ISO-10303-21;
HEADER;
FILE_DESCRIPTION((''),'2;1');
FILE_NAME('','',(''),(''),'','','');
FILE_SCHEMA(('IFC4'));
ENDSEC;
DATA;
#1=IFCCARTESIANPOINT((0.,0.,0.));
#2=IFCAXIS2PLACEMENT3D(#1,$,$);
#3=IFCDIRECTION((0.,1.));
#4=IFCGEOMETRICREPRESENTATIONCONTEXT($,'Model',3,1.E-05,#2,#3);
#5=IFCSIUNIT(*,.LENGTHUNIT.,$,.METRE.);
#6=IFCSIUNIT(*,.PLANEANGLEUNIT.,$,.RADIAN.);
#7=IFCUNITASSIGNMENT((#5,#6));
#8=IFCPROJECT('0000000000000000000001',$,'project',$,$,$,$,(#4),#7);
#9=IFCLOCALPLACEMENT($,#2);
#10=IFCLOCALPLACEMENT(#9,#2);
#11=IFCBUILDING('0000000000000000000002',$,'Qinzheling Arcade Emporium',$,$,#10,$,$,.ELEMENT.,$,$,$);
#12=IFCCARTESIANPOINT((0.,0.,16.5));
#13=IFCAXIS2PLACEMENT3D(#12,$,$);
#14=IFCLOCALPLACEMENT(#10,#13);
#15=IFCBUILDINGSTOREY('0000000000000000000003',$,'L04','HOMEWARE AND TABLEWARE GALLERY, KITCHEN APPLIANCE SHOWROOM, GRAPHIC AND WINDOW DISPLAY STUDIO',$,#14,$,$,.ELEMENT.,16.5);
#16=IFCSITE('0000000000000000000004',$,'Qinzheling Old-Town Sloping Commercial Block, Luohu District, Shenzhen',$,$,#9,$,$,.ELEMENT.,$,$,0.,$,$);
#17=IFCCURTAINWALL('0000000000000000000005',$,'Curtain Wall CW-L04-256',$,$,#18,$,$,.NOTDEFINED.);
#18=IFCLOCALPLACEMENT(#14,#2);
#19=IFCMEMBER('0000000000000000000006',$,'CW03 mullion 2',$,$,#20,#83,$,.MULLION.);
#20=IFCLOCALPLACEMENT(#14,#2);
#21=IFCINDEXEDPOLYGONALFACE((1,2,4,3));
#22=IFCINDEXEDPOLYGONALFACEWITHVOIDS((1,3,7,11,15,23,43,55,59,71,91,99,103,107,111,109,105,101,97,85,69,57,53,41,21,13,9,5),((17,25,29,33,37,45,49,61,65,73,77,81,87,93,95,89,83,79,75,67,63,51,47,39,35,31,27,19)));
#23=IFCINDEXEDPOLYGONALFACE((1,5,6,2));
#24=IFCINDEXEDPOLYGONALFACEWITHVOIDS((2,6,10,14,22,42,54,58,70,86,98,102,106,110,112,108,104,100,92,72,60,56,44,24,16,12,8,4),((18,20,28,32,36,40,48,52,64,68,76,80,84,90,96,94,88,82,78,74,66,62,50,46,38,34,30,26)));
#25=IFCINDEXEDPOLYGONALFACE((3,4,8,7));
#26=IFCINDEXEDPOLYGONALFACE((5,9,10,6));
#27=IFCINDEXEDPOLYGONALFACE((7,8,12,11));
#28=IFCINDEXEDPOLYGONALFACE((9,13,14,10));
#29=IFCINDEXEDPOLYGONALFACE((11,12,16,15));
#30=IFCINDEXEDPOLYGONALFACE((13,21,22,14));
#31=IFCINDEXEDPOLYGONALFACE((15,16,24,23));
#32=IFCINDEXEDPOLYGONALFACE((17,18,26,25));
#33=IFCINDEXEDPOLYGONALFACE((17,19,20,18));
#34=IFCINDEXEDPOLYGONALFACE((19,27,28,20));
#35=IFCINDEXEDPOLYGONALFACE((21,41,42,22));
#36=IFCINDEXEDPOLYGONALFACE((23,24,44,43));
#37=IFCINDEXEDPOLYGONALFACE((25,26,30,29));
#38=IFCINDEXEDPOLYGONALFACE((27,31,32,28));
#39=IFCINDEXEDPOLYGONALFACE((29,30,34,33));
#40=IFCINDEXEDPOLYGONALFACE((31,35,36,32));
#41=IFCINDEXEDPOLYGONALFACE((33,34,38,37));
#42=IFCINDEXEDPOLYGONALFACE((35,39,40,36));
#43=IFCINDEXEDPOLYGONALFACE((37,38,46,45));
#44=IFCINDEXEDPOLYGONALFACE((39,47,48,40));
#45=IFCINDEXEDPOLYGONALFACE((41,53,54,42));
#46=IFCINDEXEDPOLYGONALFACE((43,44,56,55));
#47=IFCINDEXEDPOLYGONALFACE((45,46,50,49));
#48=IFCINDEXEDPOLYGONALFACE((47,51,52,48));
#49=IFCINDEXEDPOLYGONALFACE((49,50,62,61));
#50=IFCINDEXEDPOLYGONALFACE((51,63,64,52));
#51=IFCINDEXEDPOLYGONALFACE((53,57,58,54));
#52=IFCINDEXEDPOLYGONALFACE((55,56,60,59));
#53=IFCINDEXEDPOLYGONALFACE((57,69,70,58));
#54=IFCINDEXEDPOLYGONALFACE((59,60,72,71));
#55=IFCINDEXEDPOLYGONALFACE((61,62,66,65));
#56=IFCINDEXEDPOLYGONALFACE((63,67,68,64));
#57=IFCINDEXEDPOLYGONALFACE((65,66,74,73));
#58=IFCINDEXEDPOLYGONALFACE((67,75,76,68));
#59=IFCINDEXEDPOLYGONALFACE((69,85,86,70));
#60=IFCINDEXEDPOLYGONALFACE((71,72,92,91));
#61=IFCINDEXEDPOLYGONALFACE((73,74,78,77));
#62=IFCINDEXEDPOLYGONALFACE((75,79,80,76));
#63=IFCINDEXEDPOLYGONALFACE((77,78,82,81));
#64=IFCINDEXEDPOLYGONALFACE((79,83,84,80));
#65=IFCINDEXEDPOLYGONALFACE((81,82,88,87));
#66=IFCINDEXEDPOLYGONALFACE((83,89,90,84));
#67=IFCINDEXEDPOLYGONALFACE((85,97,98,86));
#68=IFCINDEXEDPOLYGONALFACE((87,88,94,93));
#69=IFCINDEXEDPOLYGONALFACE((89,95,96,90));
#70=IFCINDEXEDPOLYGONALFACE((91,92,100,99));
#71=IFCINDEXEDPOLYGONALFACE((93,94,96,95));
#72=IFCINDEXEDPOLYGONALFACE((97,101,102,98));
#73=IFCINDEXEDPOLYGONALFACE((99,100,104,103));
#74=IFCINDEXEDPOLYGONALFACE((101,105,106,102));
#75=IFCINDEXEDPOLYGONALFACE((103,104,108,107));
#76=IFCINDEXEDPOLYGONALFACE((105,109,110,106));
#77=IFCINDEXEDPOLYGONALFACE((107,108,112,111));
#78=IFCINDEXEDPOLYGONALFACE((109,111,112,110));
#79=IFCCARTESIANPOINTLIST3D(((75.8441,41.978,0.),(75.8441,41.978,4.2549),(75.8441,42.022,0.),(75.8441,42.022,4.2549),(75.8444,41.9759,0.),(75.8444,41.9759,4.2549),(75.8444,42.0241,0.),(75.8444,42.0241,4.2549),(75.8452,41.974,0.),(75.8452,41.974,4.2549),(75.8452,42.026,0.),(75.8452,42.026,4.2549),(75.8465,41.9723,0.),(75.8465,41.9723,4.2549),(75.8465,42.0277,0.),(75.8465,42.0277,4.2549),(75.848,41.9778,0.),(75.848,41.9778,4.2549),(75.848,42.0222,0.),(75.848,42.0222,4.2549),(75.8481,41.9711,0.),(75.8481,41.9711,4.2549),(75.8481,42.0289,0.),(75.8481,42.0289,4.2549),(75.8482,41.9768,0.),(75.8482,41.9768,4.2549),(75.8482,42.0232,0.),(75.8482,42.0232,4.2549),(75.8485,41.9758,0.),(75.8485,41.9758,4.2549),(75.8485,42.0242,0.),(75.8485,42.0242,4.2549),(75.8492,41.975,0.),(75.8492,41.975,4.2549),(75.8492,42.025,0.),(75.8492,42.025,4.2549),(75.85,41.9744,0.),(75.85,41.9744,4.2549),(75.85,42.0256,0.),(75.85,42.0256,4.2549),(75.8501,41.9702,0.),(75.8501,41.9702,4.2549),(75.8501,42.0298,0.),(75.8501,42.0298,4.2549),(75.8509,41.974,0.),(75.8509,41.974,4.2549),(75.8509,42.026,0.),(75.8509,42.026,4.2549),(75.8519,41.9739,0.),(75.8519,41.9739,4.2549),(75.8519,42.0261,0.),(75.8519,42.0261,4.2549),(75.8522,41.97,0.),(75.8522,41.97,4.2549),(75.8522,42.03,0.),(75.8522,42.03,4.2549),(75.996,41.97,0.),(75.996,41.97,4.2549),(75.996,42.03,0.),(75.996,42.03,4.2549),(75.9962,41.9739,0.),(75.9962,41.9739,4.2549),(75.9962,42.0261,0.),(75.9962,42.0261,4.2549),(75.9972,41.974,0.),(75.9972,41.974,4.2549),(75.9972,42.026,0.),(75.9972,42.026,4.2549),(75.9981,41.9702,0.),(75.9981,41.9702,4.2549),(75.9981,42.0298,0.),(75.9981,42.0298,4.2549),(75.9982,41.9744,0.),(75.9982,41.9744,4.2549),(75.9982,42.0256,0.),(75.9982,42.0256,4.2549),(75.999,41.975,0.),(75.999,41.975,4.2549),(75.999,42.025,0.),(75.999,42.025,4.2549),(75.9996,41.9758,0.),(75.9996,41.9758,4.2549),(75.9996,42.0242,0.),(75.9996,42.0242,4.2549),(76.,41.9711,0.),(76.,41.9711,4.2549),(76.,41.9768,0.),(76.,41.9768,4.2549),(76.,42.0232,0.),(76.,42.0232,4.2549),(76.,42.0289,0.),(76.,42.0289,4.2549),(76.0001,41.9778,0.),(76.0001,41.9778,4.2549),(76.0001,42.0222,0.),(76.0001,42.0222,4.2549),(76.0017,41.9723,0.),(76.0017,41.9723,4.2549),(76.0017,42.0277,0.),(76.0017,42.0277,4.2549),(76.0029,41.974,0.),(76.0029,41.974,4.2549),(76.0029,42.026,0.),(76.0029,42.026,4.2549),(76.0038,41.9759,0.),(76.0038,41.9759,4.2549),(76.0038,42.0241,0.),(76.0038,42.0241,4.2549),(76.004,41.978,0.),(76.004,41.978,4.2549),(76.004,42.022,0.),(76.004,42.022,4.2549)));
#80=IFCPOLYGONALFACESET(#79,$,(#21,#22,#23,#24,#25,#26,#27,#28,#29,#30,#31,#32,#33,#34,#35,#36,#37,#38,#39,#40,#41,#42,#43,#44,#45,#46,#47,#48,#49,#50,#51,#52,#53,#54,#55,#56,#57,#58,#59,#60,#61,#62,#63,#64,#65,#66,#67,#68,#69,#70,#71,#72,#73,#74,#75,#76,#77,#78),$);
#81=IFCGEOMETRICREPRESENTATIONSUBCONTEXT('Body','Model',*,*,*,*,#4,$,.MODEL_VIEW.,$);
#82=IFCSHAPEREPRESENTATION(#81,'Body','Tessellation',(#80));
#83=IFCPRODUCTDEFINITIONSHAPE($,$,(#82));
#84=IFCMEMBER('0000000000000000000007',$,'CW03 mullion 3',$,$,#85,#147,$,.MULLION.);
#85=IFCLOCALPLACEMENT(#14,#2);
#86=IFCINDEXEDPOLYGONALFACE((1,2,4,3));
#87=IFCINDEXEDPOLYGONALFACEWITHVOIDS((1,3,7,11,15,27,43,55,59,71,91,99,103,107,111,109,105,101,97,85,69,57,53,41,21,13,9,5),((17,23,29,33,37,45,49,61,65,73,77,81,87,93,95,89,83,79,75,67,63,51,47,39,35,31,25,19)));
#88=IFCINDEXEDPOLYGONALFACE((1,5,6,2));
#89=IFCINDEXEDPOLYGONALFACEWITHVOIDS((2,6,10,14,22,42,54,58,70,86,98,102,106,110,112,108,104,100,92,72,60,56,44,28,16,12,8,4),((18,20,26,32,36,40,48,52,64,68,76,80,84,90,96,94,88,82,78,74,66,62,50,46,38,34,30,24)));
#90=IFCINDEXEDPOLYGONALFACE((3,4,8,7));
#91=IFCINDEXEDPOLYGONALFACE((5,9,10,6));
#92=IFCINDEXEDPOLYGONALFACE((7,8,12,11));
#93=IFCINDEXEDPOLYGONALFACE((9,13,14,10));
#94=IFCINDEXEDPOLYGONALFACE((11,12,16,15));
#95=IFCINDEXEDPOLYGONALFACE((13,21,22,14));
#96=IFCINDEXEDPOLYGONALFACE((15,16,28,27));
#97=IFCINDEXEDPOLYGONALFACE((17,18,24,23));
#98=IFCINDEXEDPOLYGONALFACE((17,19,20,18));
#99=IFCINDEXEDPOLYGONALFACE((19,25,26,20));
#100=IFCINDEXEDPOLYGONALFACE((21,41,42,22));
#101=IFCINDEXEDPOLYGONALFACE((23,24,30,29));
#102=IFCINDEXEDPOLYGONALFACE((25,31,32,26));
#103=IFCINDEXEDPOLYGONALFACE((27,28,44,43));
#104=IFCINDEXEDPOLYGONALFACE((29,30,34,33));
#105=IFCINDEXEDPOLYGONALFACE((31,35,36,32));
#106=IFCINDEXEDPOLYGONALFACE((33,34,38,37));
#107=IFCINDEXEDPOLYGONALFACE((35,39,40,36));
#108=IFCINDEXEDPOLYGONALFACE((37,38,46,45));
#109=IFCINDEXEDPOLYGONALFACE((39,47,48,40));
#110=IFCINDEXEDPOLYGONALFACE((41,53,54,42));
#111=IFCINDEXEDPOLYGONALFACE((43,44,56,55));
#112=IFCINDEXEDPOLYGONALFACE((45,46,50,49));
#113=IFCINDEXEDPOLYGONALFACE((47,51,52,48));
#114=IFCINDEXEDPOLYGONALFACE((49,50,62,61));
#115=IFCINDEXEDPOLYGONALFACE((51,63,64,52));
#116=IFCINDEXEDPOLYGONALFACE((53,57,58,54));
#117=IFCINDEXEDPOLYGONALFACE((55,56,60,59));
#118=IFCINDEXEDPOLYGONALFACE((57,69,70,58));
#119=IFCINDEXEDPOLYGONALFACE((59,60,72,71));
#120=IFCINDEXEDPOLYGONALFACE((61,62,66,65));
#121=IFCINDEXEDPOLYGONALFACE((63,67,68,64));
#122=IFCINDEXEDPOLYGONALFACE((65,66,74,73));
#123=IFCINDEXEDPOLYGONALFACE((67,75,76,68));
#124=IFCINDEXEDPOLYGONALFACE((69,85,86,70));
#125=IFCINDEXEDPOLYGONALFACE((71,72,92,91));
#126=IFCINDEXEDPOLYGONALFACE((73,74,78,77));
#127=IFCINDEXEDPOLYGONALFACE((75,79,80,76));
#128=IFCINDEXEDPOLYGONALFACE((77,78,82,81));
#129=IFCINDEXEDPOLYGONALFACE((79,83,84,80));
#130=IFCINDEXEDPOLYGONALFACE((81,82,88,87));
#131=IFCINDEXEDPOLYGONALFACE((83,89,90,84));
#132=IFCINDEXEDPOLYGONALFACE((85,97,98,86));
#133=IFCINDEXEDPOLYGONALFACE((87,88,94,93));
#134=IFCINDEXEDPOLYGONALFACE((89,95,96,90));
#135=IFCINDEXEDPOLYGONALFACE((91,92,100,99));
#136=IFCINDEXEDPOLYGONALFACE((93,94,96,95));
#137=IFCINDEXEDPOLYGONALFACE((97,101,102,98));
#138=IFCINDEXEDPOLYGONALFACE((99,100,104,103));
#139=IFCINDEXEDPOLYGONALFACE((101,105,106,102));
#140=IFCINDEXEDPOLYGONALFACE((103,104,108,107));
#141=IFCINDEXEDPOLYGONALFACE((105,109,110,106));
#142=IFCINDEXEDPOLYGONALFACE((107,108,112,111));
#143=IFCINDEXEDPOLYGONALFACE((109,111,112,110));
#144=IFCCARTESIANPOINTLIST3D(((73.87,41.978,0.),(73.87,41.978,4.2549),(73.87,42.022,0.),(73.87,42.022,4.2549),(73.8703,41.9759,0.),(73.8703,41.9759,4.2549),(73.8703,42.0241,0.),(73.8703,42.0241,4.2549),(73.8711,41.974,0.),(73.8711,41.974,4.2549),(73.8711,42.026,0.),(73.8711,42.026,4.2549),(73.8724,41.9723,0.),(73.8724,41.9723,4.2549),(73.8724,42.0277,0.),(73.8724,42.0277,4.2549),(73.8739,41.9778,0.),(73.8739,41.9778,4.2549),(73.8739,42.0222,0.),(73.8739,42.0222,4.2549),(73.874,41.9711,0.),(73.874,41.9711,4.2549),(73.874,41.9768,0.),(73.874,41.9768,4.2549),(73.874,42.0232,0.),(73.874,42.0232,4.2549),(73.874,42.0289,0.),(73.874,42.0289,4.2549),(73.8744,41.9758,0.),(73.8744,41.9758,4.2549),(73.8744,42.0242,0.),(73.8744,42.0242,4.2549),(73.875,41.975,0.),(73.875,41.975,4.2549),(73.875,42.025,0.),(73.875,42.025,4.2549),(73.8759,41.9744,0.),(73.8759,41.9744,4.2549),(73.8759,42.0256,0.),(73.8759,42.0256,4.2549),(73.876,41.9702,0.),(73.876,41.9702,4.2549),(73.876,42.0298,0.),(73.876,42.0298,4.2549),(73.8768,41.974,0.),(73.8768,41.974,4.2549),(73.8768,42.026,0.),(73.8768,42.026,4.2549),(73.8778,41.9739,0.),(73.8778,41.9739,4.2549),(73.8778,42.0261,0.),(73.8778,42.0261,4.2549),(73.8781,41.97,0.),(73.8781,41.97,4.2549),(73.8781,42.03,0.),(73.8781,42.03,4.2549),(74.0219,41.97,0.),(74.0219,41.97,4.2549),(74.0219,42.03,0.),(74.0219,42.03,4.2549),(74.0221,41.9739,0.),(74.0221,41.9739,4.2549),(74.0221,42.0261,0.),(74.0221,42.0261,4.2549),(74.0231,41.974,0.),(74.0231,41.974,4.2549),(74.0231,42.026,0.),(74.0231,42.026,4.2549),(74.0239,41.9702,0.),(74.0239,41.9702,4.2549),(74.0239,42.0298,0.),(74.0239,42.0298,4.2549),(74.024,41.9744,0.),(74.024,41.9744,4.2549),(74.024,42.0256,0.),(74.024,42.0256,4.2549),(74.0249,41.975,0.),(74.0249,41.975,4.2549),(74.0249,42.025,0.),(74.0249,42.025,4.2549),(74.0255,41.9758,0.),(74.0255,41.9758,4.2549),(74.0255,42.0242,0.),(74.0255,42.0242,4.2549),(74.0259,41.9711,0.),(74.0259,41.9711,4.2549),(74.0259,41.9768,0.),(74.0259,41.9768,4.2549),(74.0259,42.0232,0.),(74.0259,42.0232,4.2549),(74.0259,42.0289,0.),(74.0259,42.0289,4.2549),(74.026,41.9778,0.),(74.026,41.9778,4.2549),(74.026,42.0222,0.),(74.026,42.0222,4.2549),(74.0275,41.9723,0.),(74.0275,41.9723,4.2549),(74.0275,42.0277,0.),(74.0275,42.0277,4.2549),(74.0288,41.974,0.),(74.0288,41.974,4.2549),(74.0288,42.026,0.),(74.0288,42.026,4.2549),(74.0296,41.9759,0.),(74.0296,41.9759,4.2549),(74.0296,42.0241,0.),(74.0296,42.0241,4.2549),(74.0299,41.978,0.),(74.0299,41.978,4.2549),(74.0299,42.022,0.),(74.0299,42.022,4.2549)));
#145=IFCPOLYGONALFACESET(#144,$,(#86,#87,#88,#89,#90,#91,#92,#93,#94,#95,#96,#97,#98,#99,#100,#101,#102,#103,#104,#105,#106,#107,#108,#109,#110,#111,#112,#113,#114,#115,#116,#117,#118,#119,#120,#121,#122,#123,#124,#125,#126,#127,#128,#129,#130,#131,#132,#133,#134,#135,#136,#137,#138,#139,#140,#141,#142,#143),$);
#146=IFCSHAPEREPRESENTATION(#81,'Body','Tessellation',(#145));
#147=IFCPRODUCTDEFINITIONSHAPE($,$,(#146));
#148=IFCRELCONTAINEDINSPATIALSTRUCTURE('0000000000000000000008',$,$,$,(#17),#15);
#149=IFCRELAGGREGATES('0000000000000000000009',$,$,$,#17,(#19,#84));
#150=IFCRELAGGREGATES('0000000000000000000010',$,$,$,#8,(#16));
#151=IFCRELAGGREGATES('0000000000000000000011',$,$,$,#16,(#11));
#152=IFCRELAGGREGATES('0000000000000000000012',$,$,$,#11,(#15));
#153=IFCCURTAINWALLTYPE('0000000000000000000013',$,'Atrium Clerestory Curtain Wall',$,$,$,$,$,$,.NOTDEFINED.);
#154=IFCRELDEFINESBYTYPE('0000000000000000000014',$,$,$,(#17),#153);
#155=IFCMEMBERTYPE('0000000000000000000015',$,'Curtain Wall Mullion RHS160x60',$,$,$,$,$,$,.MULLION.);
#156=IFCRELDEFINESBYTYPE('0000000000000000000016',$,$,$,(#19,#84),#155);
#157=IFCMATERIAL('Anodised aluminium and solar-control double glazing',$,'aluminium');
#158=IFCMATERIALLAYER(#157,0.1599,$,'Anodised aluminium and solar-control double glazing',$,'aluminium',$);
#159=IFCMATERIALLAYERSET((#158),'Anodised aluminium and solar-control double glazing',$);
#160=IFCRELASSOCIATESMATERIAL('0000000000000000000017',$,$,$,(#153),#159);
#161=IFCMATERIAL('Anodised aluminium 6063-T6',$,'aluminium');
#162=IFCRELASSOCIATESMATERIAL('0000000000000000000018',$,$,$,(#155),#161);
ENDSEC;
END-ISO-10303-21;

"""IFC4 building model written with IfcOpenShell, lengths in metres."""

from ifc_helpers import new_model, si_unit, direction, frame, origin, origin_2d, place, context, subcontext, project, spatial, hollow_rectangle, extrude, material, layer, layer_set, material_profile, profile_set, type_object, element, aggregate, save


model = new_model("IFC4")

# Units and contexts
model_context = context("Model", 3, precision=1e-05, world=origin(), true_north=direction((0.0, 1.0)))
body_context = subcontext(model_context, "Body", "Model", "MODEL_VIEW")
ifc_project = project(units=[si_unit("LENGTHUNIT", "METRE"), si_unit("PLANEANGLEUNIT", "RADIAN")], contexts=[model_context])

# Site, building, storey
site_placement = place(None, origin())
site = spatial("IfcSite", under=ifc_project, at=site_placement, Name="Qinzheling Old-Town Sloping Commercial Block, Luohu District, Shenzhen", CompositionType="ELEMENT", RefElevation=0.0)
building_placement = place(site_placement, origin())
building = spatial("IfcBuilding", under=site, at=building_placement, Name="Qinzheling Arcade Emporium", CompositionType="ELEMENT")
storey_placement = place(building_placement, frame((0.0, 0.0, 16.5)))
storey = spatial("IfcBuildingStorey", under=building, at=storey_placement, Name="L04", Description="HOMEWARE AND TABLEWARE GALLERY, KITCHEN APPLIANCE SHOWROOM, GRAPHIC AND WINDOW DISPLAY STUDIO", CompositionType="ELEMENT", Elevation=16.5)

# Curtain wall, members
ifc_material_1 = material(Name="Anodised aluminium and solar-control double glazing", Category="aluminium")
ifc_layer_1 = layer(ifc_material_1, 0.1599, Name="Anodised aluminium and solar-control double glazing", Category="aluminium")
ifc_layer_set_1 = layer_set([ifc_layer_1], Name="Anodised aluminium and solar-control double glazing")
curtain_wall_type = type_object("IfcCurtainWallType", Name="Atrium Clerestory Curtain Wall", PredefinedType="NOTDEFINED", material=ifc_layer_set_1)
ifc_material_2 = material(Name="Anodised aluminium 6063-T6", Category="aluminium")
ifc_material_profile_1 = material_profile(ifc_material_2, hollow_rectangle(XDim=0.0601, YDim=0.1599, WallThickness=0.0039, InnerFilletRadius=0.0039, OuterFilletRadius=0.0081, at=origin_2d()), Name="RHS 160x60x4", Category="aluminium")
ifc_profile_set_1 = profile_set([ifc_material_profile_1], Name="Anodised aluminium 6063-T6")
member_type_1 = type_object("IfcMemberType", Name="Curtain Wall Mullion RHS160x60", PredefinedType="MULLION", material=ifc_profile_set_1)
curtain_wall_1_placement = place(storey_placement, origin())
curtain_wall_1 = element("IfcCurtainWall", 1, at=curtain_wall_1_placement, inside=storey, type_object=curtain_wall_type, Name="Curtain Wall CW-L04-256", PredefinedType="NOTDEFINED")
member_1_placement = place(storey_placement, frame((75.9241, 42.0, 0.0), z_axis=(0.0, 0.0, 1.0), x_axis=(0.0, -1.0, 0.0)))
member_1 = element("IfcMember", 2, at=member_1_placement, type_object=member_type_1, Name="CW03 mullion 2", PredefinedType="MULLION", context=body_context, shape_type="SweptSolid", body=[
    extrude(hollow_rectangle(XDim=0.0601, YDim=0.1599, WallThickness=0.0039, InnerFilletRadius=0.0039, OuterFilletRadius=0.0081, at=origin_2d()), origin(), (0.0, 0.0, 1.0), 4.2549),
])
member_2_placement = place(storey_placement, frame((73.95, 42.0, 0.0), z_axis=(0.0, 0.0, 1.0), x_axis=(0.0, -1.0, 0.0)))
member_2 = element("IfcMember", 3, at=member_2_placement, type_object=member_type_1, Name="CW03 mullion 3", PredefinedType="MULLION", context=body_context, shape_type="SweptSolid", body=[
    extrude(hollow_rectangle(XDim=0.0601, YDim=0.1599, WallThickness=0.0039, InnerFilletRadius=0.0039, OuterFilletRadius=0.0081, at=origin_2d()), origin(), (0.0, 0.0, 1.0), 4.2549),
])

aggregate(curtain_wall_1, [member_1, member_2])

save(model, "model.ifc")
